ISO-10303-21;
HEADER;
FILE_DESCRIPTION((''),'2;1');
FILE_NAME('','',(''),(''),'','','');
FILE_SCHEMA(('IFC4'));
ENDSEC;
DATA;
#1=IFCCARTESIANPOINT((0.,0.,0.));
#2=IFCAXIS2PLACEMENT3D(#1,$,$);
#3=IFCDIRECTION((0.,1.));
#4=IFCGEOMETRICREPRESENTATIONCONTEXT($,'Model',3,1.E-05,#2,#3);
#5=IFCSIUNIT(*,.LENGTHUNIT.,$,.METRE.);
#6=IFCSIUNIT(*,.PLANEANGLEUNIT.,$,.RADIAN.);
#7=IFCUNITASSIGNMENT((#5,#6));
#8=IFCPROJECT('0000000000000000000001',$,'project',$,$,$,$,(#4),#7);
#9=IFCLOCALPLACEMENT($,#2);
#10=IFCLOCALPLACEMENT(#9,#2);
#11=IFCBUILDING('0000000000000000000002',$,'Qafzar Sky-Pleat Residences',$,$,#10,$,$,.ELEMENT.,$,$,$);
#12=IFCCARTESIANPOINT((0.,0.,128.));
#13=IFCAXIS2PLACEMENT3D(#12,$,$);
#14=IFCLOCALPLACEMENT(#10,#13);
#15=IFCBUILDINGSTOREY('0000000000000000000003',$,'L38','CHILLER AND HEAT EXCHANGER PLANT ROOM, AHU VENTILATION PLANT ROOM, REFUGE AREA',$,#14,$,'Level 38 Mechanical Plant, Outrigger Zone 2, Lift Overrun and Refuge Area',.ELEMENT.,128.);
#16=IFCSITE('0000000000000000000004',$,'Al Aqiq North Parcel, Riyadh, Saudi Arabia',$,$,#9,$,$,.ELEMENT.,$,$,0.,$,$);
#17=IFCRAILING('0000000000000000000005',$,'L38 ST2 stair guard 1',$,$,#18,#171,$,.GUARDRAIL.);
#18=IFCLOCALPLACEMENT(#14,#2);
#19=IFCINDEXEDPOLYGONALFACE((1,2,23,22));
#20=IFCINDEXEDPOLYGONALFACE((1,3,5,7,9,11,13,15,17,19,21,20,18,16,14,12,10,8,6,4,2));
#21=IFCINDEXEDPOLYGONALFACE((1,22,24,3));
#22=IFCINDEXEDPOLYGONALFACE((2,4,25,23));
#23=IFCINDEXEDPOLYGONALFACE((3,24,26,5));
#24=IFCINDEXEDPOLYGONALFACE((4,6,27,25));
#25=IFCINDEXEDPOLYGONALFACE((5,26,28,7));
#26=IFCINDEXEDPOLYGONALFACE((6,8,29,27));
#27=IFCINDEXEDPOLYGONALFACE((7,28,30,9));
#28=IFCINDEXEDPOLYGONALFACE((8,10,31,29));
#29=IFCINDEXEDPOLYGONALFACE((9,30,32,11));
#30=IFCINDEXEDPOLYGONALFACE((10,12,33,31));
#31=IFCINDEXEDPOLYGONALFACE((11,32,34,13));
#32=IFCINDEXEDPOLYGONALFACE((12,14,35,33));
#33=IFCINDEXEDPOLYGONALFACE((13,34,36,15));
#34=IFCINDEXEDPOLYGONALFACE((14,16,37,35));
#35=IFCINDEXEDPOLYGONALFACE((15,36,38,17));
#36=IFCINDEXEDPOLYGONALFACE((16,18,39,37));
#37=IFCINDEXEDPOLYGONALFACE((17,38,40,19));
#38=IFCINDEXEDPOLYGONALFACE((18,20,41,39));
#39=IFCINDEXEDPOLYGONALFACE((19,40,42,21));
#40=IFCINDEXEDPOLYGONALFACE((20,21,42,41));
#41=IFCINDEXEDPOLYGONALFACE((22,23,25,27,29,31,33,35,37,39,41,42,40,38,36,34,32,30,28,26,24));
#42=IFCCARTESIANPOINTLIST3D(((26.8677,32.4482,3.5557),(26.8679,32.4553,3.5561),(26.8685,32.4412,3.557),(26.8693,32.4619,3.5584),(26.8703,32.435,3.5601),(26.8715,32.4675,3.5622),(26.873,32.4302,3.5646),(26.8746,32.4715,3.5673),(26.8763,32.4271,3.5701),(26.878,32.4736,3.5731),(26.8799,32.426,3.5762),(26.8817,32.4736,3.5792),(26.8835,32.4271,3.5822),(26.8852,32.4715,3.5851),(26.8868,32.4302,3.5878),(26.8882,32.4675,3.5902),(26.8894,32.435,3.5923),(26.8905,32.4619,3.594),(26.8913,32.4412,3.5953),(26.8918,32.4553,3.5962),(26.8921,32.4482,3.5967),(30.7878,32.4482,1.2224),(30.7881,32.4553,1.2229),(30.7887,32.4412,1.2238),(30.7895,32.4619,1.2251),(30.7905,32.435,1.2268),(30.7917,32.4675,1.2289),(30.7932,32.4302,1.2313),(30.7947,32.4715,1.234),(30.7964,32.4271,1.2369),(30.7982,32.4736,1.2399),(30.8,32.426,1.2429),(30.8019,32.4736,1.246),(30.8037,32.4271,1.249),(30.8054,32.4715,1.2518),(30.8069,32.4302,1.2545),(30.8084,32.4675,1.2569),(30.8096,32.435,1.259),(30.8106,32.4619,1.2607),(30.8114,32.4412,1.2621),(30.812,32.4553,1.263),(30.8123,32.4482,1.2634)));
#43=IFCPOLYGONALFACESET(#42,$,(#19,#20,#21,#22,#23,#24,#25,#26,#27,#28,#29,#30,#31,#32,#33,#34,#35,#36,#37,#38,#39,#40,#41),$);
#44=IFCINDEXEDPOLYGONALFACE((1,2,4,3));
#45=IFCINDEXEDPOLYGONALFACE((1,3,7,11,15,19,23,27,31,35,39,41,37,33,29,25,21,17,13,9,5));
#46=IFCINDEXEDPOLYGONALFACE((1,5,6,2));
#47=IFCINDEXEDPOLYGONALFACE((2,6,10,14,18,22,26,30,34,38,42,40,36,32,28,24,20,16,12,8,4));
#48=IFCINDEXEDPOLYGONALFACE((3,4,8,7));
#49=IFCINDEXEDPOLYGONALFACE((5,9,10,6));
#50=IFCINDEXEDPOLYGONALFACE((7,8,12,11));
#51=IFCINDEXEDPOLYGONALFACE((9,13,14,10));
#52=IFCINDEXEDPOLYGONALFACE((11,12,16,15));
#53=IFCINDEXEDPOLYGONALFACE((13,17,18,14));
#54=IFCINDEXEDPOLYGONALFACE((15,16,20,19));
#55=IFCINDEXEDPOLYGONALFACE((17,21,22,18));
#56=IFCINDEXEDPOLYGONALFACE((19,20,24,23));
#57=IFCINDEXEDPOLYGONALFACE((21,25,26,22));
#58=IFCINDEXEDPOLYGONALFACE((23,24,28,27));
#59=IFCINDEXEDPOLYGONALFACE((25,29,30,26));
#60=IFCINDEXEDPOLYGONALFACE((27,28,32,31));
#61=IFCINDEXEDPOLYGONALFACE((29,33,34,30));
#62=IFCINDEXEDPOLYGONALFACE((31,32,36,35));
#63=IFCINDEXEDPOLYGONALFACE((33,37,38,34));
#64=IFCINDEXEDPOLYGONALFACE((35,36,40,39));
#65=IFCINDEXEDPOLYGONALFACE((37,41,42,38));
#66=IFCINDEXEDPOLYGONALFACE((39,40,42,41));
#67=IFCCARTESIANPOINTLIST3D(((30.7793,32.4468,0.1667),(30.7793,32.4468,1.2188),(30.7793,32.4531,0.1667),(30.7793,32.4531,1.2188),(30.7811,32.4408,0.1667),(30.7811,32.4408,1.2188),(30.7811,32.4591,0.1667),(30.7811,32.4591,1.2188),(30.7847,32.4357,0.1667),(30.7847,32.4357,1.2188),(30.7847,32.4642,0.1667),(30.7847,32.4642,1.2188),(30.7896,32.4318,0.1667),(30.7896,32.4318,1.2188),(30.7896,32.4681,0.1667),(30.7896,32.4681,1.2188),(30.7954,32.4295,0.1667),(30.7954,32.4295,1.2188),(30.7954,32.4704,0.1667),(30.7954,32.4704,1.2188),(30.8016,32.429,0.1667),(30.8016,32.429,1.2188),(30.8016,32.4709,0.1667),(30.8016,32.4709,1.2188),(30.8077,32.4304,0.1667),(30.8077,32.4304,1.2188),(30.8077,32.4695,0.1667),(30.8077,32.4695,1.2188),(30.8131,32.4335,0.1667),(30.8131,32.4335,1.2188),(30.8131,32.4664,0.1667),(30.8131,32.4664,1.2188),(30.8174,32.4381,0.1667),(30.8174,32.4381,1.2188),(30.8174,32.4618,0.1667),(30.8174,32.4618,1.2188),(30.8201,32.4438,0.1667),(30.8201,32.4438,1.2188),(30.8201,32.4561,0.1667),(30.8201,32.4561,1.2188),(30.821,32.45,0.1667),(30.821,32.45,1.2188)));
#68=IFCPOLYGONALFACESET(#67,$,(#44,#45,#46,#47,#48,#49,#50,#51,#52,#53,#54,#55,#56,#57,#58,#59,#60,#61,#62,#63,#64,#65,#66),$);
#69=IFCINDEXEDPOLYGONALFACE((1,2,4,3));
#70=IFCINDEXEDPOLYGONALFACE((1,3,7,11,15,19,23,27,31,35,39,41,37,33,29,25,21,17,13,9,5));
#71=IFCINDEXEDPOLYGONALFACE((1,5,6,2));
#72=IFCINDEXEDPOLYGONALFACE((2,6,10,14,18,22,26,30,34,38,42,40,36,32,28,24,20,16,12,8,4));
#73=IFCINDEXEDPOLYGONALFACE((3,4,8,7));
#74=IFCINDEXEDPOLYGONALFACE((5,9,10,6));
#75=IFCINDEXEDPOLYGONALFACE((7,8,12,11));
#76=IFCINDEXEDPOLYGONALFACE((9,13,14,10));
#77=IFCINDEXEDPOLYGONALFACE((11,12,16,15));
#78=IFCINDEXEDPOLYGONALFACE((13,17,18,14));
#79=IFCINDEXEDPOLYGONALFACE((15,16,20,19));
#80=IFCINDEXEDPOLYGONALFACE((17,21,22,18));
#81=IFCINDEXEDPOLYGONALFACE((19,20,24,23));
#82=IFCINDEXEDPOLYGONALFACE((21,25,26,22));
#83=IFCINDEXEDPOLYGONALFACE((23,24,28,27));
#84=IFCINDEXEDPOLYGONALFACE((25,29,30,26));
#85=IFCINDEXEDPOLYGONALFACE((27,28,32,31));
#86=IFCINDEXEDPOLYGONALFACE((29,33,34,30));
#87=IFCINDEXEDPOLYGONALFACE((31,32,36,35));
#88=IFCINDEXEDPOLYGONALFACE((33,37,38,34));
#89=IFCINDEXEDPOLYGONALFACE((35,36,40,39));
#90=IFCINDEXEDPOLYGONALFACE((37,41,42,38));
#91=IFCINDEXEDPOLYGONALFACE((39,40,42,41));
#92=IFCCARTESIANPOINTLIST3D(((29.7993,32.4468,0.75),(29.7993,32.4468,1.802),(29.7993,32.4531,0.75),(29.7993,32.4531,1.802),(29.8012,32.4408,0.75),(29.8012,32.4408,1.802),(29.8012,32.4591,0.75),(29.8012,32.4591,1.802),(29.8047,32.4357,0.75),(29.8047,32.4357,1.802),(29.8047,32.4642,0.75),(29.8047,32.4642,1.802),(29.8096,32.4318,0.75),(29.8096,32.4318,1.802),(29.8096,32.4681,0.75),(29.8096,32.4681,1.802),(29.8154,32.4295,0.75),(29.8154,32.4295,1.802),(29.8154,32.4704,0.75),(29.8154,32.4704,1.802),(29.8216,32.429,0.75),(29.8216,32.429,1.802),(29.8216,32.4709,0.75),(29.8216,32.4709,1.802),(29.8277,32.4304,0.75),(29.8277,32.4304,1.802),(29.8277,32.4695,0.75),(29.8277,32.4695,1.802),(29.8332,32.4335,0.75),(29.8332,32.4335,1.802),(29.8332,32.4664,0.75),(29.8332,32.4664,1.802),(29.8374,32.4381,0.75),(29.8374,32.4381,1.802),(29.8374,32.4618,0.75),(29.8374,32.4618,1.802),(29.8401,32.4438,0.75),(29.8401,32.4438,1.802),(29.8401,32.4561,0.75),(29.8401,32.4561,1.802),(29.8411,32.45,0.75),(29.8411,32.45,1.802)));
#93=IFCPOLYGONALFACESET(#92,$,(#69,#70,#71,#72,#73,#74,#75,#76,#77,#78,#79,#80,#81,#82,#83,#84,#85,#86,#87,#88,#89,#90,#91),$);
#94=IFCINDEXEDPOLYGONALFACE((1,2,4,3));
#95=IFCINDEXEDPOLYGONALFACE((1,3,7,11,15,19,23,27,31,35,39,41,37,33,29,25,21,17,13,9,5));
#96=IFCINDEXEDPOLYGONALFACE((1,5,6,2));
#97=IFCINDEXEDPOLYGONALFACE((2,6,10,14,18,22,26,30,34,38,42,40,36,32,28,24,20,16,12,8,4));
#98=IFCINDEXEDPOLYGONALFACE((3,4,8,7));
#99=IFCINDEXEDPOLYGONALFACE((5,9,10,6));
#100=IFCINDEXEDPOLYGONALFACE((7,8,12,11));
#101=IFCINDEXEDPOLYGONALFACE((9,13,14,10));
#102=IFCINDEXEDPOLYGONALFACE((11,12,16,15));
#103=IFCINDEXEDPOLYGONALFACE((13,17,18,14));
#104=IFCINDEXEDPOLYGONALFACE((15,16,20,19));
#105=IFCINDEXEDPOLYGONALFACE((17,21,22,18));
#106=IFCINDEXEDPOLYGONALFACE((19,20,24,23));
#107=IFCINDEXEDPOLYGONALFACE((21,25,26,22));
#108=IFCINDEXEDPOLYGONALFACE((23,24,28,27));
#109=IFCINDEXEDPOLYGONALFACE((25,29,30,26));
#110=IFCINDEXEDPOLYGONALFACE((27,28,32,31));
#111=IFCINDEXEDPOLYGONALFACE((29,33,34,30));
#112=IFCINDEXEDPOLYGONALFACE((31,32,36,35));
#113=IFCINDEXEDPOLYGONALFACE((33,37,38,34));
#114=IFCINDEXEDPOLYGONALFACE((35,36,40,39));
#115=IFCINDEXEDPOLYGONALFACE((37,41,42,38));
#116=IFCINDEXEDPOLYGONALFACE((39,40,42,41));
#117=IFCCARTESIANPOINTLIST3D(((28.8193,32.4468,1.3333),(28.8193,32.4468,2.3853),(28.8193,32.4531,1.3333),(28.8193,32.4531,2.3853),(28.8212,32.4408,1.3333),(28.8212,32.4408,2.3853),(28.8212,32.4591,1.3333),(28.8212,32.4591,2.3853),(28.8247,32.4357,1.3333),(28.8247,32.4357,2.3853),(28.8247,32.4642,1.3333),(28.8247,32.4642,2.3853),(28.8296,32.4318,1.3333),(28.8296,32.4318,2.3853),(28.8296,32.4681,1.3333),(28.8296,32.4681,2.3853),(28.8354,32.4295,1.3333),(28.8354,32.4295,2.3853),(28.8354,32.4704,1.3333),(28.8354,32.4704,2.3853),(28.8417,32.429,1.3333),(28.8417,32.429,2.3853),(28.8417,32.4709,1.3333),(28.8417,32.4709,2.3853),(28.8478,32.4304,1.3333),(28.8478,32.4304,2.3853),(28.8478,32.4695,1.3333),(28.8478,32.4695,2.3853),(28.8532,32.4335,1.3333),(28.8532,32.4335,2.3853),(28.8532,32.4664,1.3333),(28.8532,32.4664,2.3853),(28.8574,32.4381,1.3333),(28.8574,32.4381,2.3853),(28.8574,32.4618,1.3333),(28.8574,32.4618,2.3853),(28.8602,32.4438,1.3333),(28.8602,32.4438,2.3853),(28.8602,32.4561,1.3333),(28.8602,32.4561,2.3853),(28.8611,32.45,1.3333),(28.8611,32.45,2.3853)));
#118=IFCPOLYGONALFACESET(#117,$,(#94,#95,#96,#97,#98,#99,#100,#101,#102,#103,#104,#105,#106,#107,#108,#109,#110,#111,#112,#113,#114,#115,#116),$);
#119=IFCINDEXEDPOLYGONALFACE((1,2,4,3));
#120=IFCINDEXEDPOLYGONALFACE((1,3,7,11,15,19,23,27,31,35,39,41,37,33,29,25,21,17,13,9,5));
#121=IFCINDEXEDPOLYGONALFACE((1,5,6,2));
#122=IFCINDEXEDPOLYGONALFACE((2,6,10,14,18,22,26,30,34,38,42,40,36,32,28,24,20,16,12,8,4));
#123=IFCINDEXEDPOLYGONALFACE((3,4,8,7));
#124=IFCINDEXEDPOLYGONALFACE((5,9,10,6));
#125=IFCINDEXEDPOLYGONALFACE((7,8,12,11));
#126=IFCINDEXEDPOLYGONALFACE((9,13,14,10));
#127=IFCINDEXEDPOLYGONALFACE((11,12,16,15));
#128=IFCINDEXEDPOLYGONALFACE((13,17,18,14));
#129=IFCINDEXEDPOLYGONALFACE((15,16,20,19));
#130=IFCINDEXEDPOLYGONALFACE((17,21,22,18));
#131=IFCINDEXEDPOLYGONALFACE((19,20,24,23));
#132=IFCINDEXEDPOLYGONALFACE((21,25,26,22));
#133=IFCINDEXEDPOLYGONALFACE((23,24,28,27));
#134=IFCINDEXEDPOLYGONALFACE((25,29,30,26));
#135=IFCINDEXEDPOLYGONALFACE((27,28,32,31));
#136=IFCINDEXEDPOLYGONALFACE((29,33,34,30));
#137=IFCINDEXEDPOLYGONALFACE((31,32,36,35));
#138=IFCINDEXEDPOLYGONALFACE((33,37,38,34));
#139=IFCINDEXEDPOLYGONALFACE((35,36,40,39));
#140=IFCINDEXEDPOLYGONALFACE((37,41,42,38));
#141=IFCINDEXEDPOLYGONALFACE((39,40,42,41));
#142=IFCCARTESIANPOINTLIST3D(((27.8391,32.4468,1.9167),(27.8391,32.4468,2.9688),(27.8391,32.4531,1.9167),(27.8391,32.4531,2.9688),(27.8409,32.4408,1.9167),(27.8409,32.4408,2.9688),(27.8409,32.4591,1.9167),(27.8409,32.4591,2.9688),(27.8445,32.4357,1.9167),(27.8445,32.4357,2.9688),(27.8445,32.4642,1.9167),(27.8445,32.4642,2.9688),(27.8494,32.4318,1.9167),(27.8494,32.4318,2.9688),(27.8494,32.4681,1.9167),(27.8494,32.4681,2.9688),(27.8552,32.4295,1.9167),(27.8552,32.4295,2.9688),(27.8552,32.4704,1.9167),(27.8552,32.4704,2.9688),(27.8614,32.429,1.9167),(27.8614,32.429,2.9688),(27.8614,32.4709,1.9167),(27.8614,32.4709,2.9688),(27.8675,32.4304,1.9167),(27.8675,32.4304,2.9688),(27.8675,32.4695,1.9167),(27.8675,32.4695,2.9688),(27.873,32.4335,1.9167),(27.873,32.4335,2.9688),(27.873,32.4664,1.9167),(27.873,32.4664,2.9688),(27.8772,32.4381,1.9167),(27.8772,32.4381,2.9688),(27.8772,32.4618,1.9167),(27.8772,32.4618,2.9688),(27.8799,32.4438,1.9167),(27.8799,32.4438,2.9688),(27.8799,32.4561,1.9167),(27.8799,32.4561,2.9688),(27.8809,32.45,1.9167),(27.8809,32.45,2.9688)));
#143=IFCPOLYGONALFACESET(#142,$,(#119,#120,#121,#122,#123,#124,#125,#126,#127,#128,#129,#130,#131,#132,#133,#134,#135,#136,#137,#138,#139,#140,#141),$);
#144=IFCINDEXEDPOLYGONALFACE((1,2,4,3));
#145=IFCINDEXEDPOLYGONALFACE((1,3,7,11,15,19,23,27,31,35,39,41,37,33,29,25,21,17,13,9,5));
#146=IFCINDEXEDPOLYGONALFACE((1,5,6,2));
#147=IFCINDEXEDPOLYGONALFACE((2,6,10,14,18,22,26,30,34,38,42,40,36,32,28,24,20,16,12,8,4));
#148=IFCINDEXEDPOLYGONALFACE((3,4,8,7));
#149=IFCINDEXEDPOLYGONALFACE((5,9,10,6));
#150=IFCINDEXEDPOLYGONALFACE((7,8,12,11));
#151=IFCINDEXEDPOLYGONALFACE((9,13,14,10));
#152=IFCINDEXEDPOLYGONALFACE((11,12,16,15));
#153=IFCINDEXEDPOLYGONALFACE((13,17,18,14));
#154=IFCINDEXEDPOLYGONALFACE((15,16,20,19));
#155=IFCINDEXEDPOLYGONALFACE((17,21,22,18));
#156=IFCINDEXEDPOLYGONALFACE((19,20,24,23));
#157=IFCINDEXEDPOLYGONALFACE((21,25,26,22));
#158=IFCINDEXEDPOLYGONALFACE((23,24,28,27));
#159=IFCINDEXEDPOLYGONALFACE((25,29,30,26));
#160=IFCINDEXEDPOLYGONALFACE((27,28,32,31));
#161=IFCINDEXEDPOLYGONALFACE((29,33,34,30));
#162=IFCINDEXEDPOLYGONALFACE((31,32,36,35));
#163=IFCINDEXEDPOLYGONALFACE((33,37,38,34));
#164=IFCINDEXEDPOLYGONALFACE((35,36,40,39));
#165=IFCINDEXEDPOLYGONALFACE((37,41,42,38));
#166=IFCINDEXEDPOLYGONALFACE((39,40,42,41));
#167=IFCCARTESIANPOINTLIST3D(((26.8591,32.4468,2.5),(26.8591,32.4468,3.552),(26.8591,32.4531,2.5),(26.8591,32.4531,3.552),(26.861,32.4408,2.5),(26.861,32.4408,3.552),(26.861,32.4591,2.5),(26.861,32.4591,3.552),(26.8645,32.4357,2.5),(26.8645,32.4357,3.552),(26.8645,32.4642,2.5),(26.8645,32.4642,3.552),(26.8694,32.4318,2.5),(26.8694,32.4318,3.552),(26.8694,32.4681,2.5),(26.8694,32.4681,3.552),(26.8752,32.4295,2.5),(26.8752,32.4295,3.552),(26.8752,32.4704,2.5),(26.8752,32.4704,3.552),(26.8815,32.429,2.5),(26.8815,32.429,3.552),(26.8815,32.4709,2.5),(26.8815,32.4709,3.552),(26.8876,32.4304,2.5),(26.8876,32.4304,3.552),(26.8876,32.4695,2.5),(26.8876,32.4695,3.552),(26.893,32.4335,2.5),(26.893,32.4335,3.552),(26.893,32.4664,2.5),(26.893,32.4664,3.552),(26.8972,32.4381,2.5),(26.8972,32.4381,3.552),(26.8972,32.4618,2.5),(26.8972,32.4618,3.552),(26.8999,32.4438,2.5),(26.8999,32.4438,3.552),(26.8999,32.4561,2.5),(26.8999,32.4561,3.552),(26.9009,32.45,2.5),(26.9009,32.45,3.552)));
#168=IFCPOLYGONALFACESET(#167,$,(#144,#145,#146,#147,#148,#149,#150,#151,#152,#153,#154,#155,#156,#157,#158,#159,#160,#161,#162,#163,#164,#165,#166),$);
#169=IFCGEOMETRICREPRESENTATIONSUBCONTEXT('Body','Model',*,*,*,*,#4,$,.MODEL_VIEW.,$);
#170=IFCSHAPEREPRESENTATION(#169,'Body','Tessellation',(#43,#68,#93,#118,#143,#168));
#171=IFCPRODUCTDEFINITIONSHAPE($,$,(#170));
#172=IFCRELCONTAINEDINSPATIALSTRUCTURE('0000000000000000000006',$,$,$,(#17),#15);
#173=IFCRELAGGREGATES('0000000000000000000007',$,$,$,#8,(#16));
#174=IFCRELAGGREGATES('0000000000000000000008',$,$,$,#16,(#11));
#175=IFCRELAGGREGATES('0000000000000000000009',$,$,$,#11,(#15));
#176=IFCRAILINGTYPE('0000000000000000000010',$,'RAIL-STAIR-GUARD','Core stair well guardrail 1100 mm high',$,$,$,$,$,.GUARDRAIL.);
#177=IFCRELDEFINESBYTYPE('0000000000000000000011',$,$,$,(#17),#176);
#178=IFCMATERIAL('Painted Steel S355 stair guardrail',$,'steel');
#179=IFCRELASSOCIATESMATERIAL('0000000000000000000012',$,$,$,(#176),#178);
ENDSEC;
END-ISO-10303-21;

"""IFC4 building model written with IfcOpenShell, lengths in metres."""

from ifc_helpers import new_model, si_unit, direction, frame, origin, origin_2d, place, context, subcontext, project, spatial, circle, extrude, source, transform, mapped, material, type_object, element, save


model = new_model("IFC4")

# Units and contexts
model_context = context("Model", 3, precision=1e-05, world=origin(), true_north=direction((0.0, 1.0)))
body_context = subcontext(model_context, "Body", "Model", "MODEL_VIEW")
ifc_project = project(units=[si_unit("LENGTHUNIT", "METRE"), si_unit("PLANEANGLEUNIT", "RADIAN")], contexts=[model_context])

# Site, building, storey
site_placement = place(None, origin())
site = spatial("IfcSite", under=ifc_project, at=site_placement, Name="Al Aqiq North Parcel, Riyadh, Saudi Arabia", CompositionType="ELEMENT", RefElevation=0.0)
building_placement = place(site_placement, origin())
building = spatial("IfcBuilding", under=site, at=building_placement, Name="Qafzar Sky-Pleat Residences", CompositionType="ELEMENT")
storey_placement = place(building_placement, frame((0.0, 0.0, 128.0)))
storey = spatial("IfcBuildingStorey", under=building, at=storey_placement, Name="L38", Description="CHILLER AND HEAT EXCHANGER PLANT ROOM, AHU VENTILATION PLANT ROOM, REFUGE AREA", LongName="Level 38 Mechanical Plant, Outrigger Zone 2, Lift Overrun and Refuge Area", CompositionType="ELEMENT", Elevation=128.0)

# Railing
ifc_material_1 = material(Name="Painted Steel S355 stair guardrail", Category="steel")
railing_type_1 = type_object("IfcRailingType", Name="RAIL-STAIR-GUARD", Description="Core stair well guardrail 1100 mm high", PredefinedType="GUARDRAIL", material=ifc_material_1)
shared_shape_1 = source(origin(), body_context, "Body", "SweptSolid", [
    extrude(circle(Radius=0.0239, at=origin_2d()), frame((0.0, 0.0, 1.0762), z_axis=(-0.85931, 0.0, 0.511455), x_axis=(0.0, -1.0, 0.0)), (0.0, 0.0, 1.0), 4.562),
    extrude(circle(Radius=0.021, at=origin_2d()), origin(), (0.0, 0.0, 1.0), 1.052),
    extrude(circle(Radius=0.021, at=origin_2d()), frame((-0.98, 0.0, 0.5833)), (0.0, 0.0, 1.0), 1.052),
    extrude(circle(Radius=0.021, at=origin_2d()), frame((-1.96, 0.0, 1.1665)), (0.0, 0.0, 1.0), 1.052),
    extrude(circle(Radius=0.021, at=origin_2d()), frame((-2.9402, 0.0, 1.75)), (0.0, 0.0, 1.0), 1.052),
    extrude(circle(Radius=0.021, at=origin_2d()), frame((-3.9202, 0.0, 2.3333)), (0.0, 0.0, 1.0), 1.052),
])
railing_1_placement = place(storey_placement, frame((30.8, 32.45, 0.1667)))
element("IfcRailing", 1, at=railing_1_placement, inside=storey, type_object=railing_type_1, Name="L38 ST2 stair guard 1", PredefinedType="GUARDRAIL", context=body_context, shape_type="MappedRepresentation", body=[
    mapped(shared_shape_1, transform((0.0, 0.0, 0.0), x_axis=(1.0, 0.0, 0.0), y_axis=(0.0, 1.0, 0.0), z_axis=(0.0, 0.0, 1.0), scale=1.0)),
])

save(model, "model.ifc")
